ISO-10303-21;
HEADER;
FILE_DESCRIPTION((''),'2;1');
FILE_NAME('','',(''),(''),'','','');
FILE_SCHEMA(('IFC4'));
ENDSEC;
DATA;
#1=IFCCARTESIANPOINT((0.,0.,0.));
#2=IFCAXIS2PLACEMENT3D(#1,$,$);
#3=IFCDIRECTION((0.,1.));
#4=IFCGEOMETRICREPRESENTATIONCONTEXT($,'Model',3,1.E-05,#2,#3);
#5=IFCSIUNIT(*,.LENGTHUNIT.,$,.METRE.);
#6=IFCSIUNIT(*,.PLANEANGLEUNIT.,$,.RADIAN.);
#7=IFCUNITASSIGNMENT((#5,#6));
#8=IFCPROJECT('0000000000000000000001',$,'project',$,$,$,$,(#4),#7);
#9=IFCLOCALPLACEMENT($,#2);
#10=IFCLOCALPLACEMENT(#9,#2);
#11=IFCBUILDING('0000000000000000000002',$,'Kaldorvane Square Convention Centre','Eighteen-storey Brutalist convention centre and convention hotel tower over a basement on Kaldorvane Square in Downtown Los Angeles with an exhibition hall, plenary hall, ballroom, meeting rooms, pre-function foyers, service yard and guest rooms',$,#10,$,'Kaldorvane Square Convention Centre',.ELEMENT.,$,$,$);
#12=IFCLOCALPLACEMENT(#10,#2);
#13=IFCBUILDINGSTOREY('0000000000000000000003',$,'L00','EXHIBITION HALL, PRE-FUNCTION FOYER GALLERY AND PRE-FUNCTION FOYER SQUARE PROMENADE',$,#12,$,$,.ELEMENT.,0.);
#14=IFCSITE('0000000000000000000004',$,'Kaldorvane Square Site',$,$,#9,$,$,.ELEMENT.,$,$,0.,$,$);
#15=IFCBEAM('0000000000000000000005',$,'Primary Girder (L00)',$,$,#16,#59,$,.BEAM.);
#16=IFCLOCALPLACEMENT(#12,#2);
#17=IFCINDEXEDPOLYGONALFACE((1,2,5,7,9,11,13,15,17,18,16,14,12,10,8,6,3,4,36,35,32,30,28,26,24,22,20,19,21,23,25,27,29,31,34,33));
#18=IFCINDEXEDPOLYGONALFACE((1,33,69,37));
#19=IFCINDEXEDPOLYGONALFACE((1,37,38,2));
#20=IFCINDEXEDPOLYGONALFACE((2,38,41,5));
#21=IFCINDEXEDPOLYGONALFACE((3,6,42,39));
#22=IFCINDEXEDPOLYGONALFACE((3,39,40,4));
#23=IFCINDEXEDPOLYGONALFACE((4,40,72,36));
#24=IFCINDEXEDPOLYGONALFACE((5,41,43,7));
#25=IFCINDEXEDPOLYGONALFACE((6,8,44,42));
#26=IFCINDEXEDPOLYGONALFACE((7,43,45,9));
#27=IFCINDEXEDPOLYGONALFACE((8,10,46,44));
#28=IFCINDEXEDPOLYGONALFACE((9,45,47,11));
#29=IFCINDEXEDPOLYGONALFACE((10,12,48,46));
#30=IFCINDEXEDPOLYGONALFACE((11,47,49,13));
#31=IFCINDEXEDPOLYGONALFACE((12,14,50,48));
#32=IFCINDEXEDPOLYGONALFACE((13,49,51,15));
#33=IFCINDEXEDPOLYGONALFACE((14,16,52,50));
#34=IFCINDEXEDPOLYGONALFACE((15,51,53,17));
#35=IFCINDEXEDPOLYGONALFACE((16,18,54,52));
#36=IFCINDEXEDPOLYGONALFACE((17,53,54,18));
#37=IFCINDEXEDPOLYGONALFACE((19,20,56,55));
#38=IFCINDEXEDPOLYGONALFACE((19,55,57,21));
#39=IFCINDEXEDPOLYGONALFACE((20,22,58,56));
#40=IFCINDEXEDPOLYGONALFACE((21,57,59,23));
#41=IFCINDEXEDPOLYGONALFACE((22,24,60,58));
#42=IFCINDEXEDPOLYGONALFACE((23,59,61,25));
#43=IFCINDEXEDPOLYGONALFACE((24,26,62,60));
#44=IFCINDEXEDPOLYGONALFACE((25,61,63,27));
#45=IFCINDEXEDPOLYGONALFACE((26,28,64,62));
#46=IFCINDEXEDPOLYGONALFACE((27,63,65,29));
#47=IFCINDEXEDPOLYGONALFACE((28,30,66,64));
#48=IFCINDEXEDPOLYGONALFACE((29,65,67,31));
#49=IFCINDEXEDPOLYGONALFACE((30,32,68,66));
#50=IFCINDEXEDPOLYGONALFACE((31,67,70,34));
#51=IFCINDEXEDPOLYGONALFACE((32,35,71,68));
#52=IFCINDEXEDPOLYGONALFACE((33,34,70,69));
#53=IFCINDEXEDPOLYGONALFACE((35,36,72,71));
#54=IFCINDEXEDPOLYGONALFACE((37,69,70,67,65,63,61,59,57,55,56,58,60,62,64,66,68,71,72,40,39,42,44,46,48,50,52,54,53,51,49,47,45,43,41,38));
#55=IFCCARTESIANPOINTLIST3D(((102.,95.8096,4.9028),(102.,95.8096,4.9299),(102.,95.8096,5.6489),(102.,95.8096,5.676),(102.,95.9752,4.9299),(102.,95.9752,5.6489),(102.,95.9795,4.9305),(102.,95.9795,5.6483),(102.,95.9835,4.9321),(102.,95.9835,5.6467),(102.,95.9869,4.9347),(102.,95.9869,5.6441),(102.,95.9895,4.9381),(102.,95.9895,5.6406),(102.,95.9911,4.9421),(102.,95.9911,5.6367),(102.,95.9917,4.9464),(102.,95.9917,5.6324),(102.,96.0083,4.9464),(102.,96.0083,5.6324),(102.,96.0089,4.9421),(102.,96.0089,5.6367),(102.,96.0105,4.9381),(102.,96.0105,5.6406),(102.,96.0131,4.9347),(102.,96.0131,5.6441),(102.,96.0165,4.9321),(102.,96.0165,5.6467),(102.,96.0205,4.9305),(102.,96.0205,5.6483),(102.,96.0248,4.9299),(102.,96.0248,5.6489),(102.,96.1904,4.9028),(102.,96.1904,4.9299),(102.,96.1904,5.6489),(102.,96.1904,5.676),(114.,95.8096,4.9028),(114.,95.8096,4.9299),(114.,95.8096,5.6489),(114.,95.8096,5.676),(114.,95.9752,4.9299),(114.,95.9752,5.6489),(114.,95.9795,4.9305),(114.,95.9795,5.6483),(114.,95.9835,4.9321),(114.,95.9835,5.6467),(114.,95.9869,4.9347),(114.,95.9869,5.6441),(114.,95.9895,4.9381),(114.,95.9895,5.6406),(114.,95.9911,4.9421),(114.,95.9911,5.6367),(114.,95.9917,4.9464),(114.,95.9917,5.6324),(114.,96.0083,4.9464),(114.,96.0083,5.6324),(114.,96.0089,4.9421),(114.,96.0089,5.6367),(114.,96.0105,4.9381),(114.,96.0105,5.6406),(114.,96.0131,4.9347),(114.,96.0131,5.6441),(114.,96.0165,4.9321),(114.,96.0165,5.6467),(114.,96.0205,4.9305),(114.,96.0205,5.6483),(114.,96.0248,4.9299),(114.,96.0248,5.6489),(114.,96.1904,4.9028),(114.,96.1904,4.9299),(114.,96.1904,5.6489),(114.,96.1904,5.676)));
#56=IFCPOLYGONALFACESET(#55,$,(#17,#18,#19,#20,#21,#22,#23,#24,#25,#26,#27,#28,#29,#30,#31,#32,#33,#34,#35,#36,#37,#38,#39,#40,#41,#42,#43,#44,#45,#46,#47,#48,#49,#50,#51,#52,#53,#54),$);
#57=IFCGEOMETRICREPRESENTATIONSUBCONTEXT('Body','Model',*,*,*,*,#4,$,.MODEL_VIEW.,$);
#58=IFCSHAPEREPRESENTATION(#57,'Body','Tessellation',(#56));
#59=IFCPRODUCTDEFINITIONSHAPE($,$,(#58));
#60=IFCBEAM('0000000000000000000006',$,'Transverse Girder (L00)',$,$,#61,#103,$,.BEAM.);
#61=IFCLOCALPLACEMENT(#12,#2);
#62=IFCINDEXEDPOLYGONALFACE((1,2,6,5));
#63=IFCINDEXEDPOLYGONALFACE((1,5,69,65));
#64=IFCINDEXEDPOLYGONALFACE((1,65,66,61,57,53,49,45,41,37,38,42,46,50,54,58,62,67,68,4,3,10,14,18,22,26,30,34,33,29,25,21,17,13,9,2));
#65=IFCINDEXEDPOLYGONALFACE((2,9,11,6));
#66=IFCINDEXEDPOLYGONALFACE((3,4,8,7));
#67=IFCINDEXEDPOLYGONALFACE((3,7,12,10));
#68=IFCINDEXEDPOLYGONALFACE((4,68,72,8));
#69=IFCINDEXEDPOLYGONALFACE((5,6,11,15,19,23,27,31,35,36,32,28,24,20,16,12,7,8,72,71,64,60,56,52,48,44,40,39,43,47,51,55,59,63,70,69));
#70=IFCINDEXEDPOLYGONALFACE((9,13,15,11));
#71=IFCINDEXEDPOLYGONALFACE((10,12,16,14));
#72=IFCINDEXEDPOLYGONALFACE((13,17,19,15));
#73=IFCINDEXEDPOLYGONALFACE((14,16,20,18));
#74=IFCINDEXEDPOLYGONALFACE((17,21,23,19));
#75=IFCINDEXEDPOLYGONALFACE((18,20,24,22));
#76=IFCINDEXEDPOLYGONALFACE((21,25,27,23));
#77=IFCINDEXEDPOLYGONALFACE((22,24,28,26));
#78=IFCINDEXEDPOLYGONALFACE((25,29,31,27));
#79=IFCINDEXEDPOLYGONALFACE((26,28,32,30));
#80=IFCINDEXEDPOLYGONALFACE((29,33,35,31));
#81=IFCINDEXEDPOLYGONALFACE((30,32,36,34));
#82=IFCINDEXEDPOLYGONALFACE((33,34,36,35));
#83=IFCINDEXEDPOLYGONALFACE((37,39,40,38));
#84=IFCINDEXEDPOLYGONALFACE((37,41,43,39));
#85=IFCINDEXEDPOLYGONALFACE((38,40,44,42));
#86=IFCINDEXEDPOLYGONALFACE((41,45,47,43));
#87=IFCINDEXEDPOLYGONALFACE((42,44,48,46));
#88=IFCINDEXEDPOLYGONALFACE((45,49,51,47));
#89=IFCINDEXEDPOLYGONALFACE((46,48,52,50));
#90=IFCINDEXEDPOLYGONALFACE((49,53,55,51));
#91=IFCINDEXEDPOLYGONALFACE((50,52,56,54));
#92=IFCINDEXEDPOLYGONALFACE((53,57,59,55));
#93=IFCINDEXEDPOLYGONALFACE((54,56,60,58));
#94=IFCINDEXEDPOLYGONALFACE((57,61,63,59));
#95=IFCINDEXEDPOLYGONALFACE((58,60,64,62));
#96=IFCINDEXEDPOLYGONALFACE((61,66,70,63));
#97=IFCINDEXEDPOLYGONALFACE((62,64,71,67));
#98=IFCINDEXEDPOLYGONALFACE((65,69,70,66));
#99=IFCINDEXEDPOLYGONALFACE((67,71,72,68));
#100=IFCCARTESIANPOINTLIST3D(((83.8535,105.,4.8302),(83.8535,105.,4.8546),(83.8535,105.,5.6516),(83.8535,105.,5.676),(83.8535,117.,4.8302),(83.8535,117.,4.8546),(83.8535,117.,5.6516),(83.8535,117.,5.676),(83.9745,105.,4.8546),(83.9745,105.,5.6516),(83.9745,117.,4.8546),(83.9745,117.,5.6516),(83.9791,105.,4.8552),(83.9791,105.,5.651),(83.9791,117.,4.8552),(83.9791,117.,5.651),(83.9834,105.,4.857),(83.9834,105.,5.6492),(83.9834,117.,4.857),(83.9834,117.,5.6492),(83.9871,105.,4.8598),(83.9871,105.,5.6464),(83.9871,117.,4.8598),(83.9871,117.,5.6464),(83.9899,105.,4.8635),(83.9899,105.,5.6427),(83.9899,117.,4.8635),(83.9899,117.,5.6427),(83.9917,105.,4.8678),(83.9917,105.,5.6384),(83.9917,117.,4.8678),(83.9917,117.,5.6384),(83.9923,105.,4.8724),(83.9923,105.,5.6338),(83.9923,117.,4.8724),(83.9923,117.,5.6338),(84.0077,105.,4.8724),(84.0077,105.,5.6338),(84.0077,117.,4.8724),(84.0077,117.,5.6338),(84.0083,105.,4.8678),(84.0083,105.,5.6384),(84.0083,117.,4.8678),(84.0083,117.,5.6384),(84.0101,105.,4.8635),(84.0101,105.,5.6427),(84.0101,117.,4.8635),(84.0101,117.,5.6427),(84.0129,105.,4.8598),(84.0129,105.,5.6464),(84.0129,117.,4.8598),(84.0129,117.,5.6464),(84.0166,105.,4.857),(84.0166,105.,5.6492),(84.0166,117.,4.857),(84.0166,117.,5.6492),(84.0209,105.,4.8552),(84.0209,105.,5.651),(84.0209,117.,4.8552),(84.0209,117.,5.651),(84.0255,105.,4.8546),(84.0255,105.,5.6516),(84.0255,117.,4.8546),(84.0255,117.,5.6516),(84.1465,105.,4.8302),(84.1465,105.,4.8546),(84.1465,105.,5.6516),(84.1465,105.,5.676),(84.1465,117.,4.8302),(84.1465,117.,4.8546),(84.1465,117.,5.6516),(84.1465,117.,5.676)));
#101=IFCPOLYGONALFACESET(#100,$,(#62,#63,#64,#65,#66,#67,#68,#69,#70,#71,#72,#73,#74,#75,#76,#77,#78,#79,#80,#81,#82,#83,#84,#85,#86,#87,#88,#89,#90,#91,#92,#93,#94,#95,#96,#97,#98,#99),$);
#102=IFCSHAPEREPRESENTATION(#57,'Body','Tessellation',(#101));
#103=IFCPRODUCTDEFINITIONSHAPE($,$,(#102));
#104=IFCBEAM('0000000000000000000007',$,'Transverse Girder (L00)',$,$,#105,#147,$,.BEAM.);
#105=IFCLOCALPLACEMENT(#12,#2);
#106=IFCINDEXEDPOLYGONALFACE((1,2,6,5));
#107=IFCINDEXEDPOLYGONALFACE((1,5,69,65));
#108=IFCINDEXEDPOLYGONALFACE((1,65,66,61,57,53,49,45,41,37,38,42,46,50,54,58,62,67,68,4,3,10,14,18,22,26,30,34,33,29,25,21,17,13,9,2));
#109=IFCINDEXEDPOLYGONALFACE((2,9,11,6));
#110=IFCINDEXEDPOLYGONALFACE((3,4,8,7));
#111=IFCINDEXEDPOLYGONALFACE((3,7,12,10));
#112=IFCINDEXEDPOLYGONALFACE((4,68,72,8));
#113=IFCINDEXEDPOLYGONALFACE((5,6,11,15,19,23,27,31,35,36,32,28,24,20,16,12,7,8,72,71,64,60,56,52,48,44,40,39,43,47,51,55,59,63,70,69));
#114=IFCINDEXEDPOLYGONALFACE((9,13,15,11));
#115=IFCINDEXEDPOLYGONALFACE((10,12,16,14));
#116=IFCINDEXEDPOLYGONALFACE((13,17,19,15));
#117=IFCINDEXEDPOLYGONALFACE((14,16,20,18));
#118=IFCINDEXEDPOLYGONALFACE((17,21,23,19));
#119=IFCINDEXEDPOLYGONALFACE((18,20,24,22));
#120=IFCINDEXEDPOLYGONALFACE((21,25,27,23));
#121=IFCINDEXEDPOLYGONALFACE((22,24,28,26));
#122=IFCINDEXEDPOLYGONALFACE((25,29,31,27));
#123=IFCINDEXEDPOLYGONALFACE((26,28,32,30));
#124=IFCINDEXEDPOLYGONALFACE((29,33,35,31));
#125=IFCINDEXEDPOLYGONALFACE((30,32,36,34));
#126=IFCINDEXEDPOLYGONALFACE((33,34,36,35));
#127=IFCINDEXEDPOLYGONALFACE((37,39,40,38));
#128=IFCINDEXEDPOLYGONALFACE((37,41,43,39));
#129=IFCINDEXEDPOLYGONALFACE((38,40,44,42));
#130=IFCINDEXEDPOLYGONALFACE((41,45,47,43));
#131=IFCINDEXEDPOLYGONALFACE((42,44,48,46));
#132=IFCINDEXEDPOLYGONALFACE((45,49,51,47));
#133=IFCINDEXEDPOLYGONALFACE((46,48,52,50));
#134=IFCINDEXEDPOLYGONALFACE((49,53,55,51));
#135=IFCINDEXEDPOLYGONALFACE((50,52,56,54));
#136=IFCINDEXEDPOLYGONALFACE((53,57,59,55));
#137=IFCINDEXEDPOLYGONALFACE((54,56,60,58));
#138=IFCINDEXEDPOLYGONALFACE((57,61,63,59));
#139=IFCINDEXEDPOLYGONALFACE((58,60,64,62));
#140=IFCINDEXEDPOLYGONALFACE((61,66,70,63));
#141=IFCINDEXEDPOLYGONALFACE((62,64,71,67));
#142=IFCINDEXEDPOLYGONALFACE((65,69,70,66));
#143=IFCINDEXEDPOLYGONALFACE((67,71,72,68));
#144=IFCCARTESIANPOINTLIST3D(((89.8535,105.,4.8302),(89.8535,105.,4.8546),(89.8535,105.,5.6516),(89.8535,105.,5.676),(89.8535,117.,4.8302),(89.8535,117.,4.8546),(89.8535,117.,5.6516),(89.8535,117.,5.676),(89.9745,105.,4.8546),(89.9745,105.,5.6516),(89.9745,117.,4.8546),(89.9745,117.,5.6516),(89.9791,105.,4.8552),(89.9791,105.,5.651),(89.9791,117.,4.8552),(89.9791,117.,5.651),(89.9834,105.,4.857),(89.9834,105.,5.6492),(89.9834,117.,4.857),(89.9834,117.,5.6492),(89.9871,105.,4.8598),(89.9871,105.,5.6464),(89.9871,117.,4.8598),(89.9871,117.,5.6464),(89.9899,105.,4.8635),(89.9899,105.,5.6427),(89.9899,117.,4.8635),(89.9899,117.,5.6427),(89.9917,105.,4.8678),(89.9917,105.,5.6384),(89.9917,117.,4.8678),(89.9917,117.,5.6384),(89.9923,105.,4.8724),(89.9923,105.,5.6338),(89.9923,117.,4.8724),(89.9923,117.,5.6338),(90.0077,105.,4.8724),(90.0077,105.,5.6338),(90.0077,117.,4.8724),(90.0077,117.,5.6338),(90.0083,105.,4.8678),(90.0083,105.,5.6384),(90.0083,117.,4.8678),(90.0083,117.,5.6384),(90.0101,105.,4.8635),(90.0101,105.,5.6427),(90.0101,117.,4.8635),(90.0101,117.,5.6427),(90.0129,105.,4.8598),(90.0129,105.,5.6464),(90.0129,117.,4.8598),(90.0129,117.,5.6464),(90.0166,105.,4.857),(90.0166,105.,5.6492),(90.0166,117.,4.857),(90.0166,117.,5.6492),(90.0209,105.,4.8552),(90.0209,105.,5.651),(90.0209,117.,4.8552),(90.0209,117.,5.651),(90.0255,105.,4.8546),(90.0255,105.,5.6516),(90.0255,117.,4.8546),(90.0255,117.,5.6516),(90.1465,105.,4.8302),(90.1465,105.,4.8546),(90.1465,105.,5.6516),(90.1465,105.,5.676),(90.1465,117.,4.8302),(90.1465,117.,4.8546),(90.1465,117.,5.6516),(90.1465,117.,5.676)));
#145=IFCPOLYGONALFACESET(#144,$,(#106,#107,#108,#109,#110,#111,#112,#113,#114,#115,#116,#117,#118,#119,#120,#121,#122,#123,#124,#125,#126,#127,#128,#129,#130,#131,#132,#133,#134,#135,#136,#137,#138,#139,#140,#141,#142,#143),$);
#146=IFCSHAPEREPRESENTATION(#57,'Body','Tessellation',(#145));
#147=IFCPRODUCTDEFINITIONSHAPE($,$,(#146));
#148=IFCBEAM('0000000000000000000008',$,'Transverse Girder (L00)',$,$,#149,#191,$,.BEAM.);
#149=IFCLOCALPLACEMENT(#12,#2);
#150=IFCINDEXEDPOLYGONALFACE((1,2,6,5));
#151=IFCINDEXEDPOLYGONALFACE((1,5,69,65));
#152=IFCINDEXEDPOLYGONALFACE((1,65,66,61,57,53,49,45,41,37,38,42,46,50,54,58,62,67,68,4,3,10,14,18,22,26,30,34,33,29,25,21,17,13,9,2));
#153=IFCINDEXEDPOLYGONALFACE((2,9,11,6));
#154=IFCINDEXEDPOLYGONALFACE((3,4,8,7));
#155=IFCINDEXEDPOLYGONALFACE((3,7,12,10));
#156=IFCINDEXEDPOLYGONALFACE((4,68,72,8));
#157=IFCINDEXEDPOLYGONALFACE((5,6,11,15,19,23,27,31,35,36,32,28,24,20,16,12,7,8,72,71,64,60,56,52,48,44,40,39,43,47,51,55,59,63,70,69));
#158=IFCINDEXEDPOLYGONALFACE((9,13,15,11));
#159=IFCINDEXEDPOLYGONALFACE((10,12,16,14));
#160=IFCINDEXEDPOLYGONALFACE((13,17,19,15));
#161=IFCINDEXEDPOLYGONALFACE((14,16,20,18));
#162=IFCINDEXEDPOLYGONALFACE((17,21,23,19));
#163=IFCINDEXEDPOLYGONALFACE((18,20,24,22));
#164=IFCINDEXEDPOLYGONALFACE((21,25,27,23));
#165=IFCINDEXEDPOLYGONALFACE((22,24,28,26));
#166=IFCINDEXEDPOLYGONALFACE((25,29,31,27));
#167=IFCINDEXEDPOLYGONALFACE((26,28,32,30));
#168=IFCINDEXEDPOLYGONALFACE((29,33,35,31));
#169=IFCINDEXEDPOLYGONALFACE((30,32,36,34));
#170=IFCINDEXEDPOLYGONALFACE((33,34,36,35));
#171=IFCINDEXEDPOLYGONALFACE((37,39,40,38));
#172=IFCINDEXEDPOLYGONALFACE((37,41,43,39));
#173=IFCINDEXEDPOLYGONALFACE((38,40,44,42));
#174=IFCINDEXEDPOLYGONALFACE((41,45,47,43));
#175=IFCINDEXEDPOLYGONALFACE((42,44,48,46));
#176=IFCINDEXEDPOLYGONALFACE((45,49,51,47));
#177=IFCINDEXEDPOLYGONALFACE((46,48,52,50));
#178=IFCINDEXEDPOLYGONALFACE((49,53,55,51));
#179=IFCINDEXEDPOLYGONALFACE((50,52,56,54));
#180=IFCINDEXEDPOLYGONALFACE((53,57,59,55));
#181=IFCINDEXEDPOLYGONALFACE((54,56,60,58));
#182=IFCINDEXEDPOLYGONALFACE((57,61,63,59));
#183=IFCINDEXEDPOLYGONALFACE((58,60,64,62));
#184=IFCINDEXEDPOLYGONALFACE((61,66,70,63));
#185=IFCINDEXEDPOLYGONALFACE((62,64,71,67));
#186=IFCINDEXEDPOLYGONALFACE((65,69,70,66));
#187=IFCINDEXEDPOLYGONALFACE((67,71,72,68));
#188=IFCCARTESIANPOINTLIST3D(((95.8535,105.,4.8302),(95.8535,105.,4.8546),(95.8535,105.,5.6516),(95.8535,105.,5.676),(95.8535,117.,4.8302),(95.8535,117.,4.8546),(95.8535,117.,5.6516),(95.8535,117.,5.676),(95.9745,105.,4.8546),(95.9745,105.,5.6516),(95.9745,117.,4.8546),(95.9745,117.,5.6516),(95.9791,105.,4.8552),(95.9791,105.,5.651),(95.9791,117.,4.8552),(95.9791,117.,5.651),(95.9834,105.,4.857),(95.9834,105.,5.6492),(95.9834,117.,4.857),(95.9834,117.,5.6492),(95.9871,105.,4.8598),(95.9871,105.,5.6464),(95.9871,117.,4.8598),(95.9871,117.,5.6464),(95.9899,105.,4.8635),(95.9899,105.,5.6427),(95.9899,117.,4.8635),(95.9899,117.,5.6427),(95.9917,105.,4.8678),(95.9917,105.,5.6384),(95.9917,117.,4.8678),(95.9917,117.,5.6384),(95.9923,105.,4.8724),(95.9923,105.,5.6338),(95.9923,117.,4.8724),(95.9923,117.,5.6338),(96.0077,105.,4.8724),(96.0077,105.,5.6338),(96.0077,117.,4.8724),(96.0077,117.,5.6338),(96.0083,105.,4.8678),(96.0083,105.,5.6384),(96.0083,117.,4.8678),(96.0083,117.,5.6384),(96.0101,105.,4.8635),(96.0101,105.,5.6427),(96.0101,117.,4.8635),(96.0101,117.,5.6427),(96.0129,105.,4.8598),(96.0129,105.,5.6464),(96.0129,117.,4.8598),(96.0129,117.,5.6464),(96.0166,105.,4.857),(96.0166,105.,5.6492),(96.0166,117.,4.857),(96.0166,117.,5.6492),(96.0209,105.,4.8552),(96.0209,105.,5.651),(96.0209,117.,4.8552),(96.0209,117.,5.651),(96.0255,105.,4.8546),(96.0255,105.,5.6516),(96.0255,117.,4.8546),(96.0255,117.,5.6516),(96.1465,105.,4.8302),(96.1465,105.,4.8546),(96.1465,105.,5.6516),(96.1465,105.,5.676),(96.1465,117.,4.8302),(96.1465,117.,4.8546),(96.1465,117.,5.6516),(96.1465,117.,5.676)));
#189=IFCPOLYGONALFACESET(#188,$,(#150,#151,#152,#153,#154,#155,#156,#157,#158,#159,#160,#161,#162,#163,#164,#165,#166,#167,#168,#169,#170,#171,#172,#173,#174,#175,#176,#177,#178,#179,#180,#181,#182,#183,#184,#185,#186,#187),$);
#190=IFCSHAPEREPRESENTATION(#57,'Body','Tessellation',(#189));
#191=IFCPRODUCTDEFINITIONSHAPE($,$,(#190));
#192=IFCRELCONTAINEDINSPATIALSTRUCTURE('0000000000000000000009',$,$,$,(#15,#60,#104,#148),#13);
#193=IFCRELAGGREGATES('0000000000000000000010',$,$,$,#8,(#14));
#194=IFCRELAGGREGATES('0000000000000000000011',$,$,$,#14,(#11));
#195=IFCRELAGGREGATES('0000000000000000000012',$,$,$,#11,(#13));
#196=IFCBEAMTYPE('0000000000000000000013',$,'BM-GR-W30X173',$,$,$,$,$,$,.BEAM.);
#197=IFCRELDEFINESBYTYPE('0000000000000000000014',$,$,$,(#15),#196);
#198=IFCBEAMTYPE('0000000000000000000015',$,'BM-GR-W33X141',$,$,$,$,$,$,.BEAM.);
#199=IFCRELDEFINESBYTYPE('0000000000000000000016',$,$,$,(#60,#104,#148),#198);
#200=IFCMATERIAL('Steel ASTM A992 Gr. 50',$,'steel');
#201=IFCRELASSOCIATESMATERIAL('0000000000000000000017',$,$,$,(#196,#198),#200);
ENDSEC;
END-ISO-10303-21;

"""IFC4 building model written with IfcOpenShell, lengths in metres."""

from ifc_helpers import new_model, si_unit, direction, frame, origin, origin_2d, place, context, subcontext, project, spatial, i_section, extrude, material, material_profile, profile_set, type_object, element, save


model = new_model("IFC4")

# Units and contexts
model_context = context("Model", 3, precision=1e-05, world=origin(), true_north=direction((0.0, 1.0)))
body_context = subcontext(model_context, "Body", "Model", "MODEL_VIEW")
ifc_project = project(units=[si_unit("LENGTHUNIT", "METRE"), si_unit("PLANEANGLEUNIT", "RADIAN")], contexts=[model_context])

# Site, building, storey
site_placement = place(None, origin())
site = spatial("IfcSite", under=ifc_project, at=site_placement, Name="Kaldorvane Square Site", CompositionType="ELEMENT", RefElevation=0.0)
building_placement = place(site_placement, origin())
building = spatial("IfcBuilding", under=site, at=building_placement, Name="Kaldorvane Square Convention Centre", Description="Eighteen-storey Brutalist convention centre and convention hotel tower over a basement on Kaldorvane Square in Downtown Los Angeles with an exhibition hall, plenary hall, ballroom, meeting rooms, pre-function foyers, service yard and guest rooms", LongName="Kaldorvane Square Convention Centre", CompositionType="ELEMENT")
storey_placement = place(building_placement, origin())
storey = spatial("IfcBuildingStorey", under=building, at=storey_placement, Name="L00", Description="EXHIBITION HALL, PRE-FUNCTION FOYER GALLERY AND PRE-FUNCTION FOYER SQUARE PROMENADE", CompositionType="ELEMENT", Elevation=0.0)

# Shared definitions
ifc_material_1 = material(Name="Steel ASTM A992 Gr. 50", Category="steel")

# Beams
ifc_material_profile_1 = material_profile(ifc_material_1, i_section(OverallWidth=0.3807, OverallDepth=0.7732, WebThickness=0.0166, FlangeThickness=0.0271, FilletRadius=0.0165, at=origin_2d()), Name="W30X173")
ifc_profile_set_1 = profile_set([ifc_material_profile_1], Name="Steel ASTM A992 Gr. 50")
beam_type_1 = type_object("IfcBeamType", Name="BM-GR-W30X173", PredefinedType="BEAM", material=ifc_profile_set_1)
beam_placement = place(storey_placement, frame((102.0, 96.0, 5.2894), z_axis=(1.0, 0.0, 0.0), x_axis=(0.0, 1.0, 0.0)))
element("IfcBeam", 1, at=beam_placement, inside=storey, type_object=beam_type_1, Name="Primary Girder (L00)", PredefinedType="BEAM", context=body_context, shape_type="SweptSolid", body=[
    extrude(i_section(OverallWidth=0.3807, OverallDepth=0.7732, WebThickness=0.0166, FlangeThickness=0.0271, FilletRadius=0.0165, at=origin_2d()), origin(), (0.0, 0.0, 1.0), 12.0),
])
ifc_material_profile_2 = material_profile(ifc_material_1, i_section(OverallWidth=0.293, OverallDepth=0.8458, WebThickness=0.0154, FlangeThickness=0.0244, FilletRadius=0.0178, at=origin_2d()), Name="W33X141")
ifc_profile_set_2 = profile_set([ifc_material_profile_2], Name="Steel ASTM A992 Gr. 50")
beam_type_2 = type_object("IfcBeamType", Name="BM-GR-W33X141", PredefinedType="BEAM", material=ifc_profile_set_2)
for number, where, z_axis, x_axis, name in (
    (2, (84.0, 105.0, 5.2531), (0.0, 1.0, 0.0), (-1.0, 0.0, 0.0), "Transverse Girder (L00)"),
    (3, (90.0, 105.0, 5.2531), (0.0, 1.0, 0.0), (-1.0, 0.0, 0.0), "Transverse Girder (L00)"),
    (4, (96.0, 105.0, 5.2531), (0.0, 1.0, 0.0), (-1.0, 0.0, 0.0), "Transverse Girder (L00)"),
):
    element("IfcBeam", number, at=place(storey_placement, frame(where, z_axis=z_axis, x_axis=x_axis)), inside=storey, type_object=beam_type_2, Name=name, PredefinedType="BEAM", context=body_context, shape_type="SweptSolid", body=[
        extrude(i_section(OverallWidth=0.293, OverallDepth=0.8458, WebThickness=0.0154, FlangeThickness=0.0244, FilletRadius=0.0178, at=origin_2d()), origin(), (0.0, 0.0, 1.0), 12.0),
    ])

save(model, "model.ifc")
